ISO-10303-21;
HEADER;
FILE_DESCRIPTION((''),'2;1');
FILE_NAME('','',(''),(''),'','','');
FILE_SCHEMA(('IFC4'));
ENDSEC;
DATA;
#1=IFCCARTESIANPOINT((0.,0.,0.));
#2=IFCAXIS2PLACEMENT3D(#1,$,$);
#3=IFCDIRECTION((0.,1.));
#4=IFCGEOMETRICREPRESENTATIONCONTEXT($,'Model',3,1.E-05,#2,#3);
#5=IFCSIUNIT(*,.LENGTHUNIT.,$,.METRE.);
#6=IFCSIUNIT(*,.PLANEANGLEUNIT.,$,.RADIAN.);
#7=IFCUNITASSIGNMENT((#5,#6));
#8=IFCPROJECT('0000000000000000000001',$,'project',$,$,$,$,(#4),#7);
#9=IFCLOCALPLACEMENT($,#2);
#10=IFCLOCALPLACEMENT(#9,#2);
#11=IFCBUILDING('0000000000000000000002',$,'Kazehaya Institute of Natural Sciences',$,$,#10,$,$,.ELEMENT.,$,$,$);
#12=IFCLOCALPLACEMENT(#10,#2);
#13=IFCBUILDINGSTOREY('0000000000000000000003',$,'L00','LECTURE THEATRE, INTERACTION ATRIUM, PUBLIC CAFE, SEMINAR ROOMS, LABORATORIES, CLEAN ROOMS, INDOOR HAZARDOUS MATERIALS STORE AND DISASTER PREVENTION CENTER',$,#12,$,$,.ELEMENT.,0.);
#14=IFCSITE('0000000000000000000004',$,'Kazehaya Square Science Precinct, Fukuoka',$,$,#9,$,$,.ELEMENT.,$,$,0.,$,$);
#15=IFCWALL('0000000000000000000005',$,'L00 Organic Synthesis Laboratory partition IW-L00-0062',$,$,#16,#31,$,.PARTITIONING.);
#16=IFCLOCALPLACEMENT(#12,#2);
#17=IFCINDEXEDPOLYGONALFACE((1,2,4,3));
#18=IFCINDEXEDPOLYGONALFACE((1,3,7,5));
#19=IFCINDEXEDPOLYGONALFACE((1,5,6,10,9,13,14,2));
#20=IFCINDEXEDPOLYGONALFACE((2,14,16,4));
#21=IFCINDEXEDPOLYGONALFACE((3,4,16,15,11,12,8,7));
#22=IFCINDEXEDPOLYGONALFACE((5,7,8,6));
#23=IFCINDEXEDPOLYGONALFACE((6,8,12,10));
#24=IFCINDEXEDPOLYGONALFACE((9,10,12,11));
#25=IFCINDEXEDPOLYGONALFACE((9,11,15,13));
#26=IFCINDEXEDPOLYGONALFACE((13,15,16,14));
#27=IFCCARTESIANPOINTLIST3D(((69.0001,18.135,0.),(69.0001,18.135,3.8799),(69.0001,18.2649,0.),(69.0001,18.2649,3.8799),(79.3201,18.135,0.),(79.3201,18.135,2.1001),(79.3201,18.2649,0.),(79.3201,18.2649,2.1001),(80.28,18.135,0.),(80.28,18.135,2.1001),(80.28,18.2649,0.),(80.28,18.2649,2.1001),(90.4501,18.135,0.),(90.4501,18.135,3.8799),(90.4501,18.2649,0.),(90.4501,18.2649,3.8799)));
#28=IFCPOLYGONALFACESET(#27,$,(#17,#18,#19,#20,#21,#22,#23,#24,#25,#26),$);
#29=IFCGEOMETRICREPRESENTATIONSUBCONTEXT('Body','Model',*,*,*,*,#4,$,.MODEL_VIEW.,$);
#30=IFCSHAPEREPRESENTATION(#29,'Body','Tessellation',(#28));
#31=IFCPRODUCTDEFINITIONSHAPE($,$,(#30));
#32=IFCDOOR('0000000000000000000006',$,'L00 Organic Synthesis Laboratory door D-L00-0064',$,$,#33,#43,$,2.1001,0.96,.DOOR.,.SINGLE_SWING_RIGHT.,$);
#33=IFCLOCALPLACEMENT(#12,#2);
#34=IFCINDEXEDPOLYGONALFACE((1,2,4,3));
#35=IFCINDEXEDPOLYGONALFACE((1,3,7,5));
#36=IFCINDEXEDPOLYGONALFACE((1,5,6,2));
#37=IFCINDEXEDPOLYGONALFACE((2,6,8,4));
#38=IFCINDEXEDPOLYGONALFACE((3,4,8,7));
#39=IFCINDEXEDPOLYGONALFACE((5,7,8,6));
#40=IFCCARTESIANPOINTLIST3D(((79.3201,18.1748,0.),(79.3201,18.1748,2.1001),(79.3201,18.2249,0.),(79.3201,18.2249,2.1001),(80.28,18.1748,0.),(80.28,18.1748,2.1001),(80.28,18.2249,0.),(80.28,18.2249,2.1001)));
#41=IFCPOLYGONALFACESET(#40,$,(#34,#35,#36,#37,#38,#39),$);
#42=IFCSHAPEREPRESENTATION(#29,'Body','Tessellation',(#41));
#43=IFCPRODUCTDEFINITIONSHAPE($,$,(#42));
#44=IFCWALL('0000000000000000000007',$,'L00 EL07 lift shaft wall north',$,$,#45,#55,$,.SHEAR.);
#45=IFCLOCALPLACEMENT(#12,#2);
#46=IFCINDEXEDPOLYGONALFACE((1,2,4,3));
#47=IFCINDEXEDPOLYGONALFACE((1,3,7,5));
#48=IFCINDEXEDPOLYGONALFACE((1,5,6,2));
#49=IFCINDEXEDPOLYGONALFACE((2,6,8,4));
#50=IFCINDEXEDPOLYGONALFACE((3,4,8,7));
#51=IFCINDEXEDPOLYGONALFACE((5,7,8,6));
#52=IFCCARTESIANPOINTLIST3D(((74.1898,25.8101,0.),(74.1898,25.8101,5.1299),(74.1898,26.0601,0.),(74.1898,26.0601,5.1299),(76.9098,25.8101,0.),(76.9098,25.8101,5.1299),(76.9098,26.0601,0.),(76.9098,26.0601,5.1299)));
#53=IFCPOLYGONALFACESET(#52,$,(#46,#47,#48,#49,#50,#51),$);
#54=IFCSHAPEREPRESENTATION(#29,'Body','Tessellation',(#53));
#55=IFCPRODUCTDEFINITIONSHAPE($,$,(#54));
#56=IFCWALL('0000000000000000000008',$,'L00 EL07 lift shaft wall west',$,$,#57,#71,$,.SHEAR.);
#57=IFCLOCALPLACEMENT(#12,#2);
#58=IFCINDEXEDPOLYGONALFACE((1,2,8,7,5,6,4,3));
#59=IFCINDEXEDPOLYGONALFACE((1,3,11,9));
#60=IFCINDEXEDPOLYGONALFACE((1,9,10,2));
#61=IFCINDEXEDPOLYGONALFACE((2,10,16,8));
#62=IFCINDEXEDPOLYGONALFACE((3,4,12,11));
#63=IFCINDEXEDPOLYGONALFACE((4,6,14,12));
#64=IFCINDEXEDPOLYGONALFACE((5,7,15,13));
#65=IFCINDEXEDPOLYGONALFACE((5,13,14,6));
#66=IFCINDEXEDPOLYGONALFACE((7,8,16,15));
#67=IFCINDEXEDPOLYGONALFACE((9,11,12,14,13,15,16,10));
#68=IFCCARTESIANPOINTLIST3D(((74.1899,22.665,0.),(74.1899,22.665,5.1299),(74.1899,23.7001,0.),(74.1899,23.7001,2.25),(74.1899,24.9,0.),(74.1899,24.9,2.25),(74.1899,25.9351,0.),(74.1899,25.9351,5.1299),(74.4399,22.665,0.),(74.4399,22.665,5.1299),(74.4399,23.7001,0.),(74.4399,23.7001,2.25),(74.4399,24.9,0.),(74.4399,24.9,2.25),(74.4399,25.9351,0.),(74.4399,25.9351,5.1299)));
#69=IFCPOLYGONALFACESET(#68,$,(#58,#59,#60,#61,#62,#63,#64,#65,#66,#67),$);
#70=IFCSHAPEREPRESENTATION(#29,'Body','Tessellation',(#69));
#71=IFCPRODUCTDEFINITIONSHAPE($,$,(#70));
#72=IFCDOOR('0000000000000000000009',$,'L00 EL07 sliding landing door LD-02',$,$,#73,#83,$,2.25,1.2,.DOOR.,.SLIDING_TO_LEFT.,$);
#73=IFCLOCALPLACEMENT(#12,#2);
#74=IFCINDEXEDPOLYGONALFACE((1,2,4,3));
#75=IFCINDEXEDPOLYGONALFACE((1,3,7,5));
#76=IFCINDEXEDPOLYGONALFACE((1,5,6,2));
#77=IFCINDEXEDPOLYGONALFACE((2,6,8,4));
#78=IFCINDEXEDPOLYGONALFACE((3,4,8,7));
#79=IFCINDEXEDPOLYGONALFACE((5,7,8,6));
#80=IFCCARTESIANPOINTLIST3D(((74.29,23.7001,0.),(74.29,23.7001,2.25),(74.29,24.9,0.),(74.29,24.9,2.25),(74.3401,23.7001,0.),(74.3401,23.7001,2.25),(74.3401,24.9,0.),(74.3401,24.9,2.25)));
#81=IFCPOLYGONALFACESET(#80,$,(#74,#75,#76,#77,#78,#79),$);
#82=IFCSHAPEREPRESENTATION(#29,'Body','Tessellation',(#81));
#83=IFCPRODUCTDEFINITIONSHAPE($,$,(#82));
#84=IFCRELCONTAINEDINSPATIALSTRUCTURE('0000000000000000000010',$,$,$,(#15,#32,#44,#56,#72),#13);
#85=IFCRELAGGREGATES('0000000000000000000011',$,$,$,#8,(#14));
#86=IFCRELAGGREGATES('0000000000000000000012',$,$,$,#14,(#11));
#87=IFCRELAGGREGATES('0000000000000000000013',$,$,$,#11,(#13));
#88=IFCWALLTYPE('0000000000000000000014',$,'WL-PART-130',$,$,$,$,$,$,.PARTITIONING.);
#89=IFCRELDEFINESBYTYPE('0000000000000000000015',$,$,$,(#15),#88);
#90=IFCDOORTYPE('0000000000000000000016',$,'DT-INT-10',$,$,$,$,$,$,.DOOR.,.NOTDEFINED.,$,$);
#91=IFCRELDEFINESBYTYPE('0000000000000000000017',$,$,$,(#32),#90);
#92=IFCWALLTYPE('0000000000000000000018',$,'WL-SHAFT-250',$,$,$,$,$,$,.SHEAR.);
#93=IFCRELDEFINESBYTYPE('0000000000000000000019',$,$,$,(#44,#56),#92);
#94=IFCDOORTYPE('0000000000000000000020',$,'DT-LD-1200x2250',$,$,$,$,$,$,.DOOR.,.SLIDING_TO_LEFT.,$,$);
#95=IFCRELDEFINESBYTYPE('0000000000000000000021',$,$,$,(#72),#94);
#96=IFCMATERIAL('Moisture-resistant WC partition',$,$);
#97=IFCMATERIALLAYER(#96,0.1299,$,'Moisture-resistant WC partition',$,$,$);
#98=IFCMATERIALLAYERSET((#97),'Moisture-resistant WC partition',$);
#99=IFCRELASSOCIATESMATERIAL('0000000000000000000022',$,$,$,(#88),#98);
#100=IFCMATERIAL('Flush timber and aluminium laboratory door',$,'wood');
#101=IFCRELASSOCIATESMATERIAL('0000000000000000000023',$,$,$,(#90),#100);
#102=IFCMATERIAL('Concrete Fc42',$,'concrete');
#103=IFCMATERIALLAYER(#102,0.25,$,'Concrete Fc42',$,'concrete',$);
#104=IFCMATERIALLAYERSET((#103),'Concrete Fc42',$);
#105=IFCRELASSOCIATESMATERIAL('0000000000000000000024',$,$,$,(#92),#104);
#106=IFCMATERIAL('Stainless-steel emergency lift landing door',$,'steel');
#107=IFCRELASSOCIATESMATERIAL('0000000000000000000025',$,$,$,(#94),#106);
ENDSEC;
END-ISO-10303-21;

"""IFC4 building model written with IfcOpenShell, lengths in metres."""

from ifc_helpers import new_model, si_unit, direction, frame, frame_2d, origin, place, context, subcontext, project, spatial, rectangle, extrude, material, layer, layer_set, type_object, element, fill, save


model = new_model("IFC4")

# Units and contexts
model_context = context("Model", 3, precision=1e-05, world=origin(), true_north=direction((0.0, 1.0)))
body_context = subcontext(model_context, "Body", "Model", "MODEL_VIEW")
ifc_project = project(units=[si_unit("LENGTHUNIT", "METRE"), si_unit("PLANEANGLEUNIT", "RADIAN")], contexts=[model_context])

# Site, building, storey
site_placement = place(None, origin())
site = spatial("IfcSite", under=ifc_project, at=site_placement, Name="Kazehaya Square Science Precinct, Fukuoka", CompositionType="ELEMENT", RefElevation=0.0)
building_placement = place(site_placement, origin())
building = spatial("IfcBuilding", under=site, at=building_placement, Name="Kazehaya Institute of Natural Sciences", CompositionType="ELEMENT")
storey_placement = place(building_placement, origin())
storey = spatial("IfcBuildingStorey", under=building, at=storey_placement, Name="L00", Description="LECTURE THEATRE, INTERACTION ATRIUM, PUBLIC CAFE, SEMINAR ROOMS, LABORATORIES, CLEAN ROOMS, INDOOR HAZARDOUS MATERIALS STORE AND DISASTER PREVENTION CENTER", CompositionType="ELEMENT", Elevation=0.0)

# Shared definitions
ifc_material_1 = material(Name="Concrete Fc42", Category="concrete")

# Wall, opening, door
ifc_material_2 = material(Name="Moisture-resistant WC partition")
ifc_layer_1 = layer(ifc_material_2, 0.1299, Name="Moisture-resistant WC partition")
ifc_layer_set_1 = layer_set([ifc_layer_1], Name="Moisture-resistant WC partition")
wall_type_1 = type_object("IfcWallType", Name="WL-PART-130", PredefinedType="PARTITIONING", material=ifc_layer_set_1)
wall_1_placement = place(storey_placement, frame((69.0, 18.2, 0.0), z_axis=(0.0, 0.0, 1.0), x_axis=(1.0, 0.0, 0.0)))
wall_1 = element("IfcWall", 1, at=wall_1_placement, inside=storey, type_object=wall_type_1, Name="L00 Organic Synthesis Laboratory partition IW-L00-0062", PredefinedType="PARTITIONING", context=body_context, shape_type="SweptSolid", body=[
    extrude(rectangle(XDim=21.45, YDim=0.1299, at=frame_2d((10.7251, 0.0))), origin(), (0.0, 0.0, 1.0), 3.8799),
])
opening_1_placement = place(wall_1_placement, frame((10.3201, 0.0, 0.0)))
opening_1 = element("IfcOpeningElement", 2, at=opening_1_placement, cuts=wall_1, PredefinedType="OPENING", context=body_context, shape_type="SweptSolid", body=[
    extrude(rectangle(XDim=0.96, YDim=2.1001, at=frame_2d((0.48, 1.05))), frame((0.0, 0.075, 0.0), z_axis=(0.0, -1.0, 0.0), x_axis=(1.0, 0.0, 0.0)), (0.0, 0.0, 1.0), 0.1499),
])
ifc_material_3 = material(Name="Flush timber and aluminium laboratory door", Category="wood")
door_type_1 = type_object("IfcDoorType", Name="DT-INT-10", OperationType="NOTDEFINED", PredefinedType="DOOR", material=ifc_material_3)
door_1_placement = place(opening_1_placement, origin())
door_1 = element("IfcDoor", 3, at=door_1_placement, inside=storey, type_object=door_type_1, Name="L00 Organic Synthesis Laboratory door D-L00-0064", OperationType="SINGLE_SWING_RIGHT", OverallHeight=2.1001, OverallWidth=0.96, PredefinedType="DOOR", context=body_context, shape_type="SweptSolid", body=[
    extrude(rectangle(XDim=0.96, YDim=2.1001, at=frame_2d((0.48, 1.05))), frame((0.0, 0.0249, 0.0), z_axis=(0.0, -1.0, 0.0), x_axis=(1.0, 0.0, 0.0)), (0.0, 0.0, 1.0), 0.05),
])
fill(opening_1, door_1)

# Wall
ifc_layer_2 = layer(ifc_material_1, 0.25, Name="Concrete Fc42", Category="concrete")
ifc_layer_set_2 = layer_set([ifc_layer_2], Name="Concrete Fc42")
wall_type_2 = type_object("IfcWallType", Name="WL-SHAFT-250", PredefinedType="SHEAR", material=ifc_layer_set_2)
wall_2_placement = place(storey_placement, frame((74.1899, 25.9351, 0.0), z_axis=(0.0, 0.0, 1.0), x_axis=(1.0, 0.0, 0.0)))
element("IfcWall", 4, at=wall_2_placement, inside=storey, type_object=wall_type_2, Name="L00 EL07 lift shaft wall north", PredefinedType="SHEAR", context=body_context, shape_type="SweptSolid", body=[
    extrude(rectangle(XDim=2.72, YDim=0.25, at=frame_2d((1.3599, 0.0))), origin(), (0.0, 0.0, 1.0), 5.1299),
])

# Wall, opening, door
wall_3_placement = place(storey_placement, frame((74.3149, 22.665, 0.0), z_axis=(0.0, 0.0, 1.0), x_axis=(0.0, 1.0, 0.0)))
wall_3 = element("IfcWall", 5, at=wall_3_placement, inside=storey, type_object=wall_type_2, Name="L00 EL07 lift shaft wall west", PredefinedType="SHEAR", context=body_context, shape_type="SweptSolid", body=[
    extrude(rectangle(XDim=3.27, YDim=0.25, at=frame_2d((1.635, 0.0))), origin(), (0.0, 0.0, 1.0), 5.1299),
])
opening_2_placement = place(wall_3_placement, frame((1.0349, 0.0, 0.0)))
opening_2 = element("IfcOpeningElement", 6, at=opening_2_placement, cuts=wall_3, PredefinedType="OPENING", context=body_context, shape_type="SweptSolid", body=[
    extrude(rectangle(XDim=1.2, YDim=2.25, at=frame_2d((0.6001, 1.125))), frame((0.0, 0.135, 0.0), z_axis=(0.0, -1.0, 0.0), x_axis=(1.0, 0.0, 0.0)), (0.0, 0.0, 1.0), 0.27),
])
ifc_material_4 = material(Name="Stainless-steel emergency lift landing door", Category="steel")
door_type_2 = type_object("IfcDoorType", Name="DT-LD-1200x2250", OperationType="SLIDING_TO_LEFT", PredefinedType="DOOR", material=ifc_material_4)
door_2_placement = place(opening_2_placement, origin())
door_2 = element("IfcDoor", 7, at=door_2_placement, inside=storey, type_object=door_type_2, Name="L00 EL07 sliding landing door LD-02", OperationType="SLIDING_TO_LEFT", OverallHeight=2.25, OverallWidth=1.2, PredefinedType="DOOR", context=body_context, shape_type="SweptSolid", body=[
    extrude(rectangle(XDim=1.2, YDim=2.25, at=frame_2d((0.6001, 1.125))), frame((0.0, 0.0249, 0.0), z_axis=(0.0, -1.0, 0.0), x_axis=(1.0, 0.0, 0.0)), (0.0, 0.0, 1.0), 0.05),
])
fill(opening_2, door_2)

save(model, "model.ifc")
